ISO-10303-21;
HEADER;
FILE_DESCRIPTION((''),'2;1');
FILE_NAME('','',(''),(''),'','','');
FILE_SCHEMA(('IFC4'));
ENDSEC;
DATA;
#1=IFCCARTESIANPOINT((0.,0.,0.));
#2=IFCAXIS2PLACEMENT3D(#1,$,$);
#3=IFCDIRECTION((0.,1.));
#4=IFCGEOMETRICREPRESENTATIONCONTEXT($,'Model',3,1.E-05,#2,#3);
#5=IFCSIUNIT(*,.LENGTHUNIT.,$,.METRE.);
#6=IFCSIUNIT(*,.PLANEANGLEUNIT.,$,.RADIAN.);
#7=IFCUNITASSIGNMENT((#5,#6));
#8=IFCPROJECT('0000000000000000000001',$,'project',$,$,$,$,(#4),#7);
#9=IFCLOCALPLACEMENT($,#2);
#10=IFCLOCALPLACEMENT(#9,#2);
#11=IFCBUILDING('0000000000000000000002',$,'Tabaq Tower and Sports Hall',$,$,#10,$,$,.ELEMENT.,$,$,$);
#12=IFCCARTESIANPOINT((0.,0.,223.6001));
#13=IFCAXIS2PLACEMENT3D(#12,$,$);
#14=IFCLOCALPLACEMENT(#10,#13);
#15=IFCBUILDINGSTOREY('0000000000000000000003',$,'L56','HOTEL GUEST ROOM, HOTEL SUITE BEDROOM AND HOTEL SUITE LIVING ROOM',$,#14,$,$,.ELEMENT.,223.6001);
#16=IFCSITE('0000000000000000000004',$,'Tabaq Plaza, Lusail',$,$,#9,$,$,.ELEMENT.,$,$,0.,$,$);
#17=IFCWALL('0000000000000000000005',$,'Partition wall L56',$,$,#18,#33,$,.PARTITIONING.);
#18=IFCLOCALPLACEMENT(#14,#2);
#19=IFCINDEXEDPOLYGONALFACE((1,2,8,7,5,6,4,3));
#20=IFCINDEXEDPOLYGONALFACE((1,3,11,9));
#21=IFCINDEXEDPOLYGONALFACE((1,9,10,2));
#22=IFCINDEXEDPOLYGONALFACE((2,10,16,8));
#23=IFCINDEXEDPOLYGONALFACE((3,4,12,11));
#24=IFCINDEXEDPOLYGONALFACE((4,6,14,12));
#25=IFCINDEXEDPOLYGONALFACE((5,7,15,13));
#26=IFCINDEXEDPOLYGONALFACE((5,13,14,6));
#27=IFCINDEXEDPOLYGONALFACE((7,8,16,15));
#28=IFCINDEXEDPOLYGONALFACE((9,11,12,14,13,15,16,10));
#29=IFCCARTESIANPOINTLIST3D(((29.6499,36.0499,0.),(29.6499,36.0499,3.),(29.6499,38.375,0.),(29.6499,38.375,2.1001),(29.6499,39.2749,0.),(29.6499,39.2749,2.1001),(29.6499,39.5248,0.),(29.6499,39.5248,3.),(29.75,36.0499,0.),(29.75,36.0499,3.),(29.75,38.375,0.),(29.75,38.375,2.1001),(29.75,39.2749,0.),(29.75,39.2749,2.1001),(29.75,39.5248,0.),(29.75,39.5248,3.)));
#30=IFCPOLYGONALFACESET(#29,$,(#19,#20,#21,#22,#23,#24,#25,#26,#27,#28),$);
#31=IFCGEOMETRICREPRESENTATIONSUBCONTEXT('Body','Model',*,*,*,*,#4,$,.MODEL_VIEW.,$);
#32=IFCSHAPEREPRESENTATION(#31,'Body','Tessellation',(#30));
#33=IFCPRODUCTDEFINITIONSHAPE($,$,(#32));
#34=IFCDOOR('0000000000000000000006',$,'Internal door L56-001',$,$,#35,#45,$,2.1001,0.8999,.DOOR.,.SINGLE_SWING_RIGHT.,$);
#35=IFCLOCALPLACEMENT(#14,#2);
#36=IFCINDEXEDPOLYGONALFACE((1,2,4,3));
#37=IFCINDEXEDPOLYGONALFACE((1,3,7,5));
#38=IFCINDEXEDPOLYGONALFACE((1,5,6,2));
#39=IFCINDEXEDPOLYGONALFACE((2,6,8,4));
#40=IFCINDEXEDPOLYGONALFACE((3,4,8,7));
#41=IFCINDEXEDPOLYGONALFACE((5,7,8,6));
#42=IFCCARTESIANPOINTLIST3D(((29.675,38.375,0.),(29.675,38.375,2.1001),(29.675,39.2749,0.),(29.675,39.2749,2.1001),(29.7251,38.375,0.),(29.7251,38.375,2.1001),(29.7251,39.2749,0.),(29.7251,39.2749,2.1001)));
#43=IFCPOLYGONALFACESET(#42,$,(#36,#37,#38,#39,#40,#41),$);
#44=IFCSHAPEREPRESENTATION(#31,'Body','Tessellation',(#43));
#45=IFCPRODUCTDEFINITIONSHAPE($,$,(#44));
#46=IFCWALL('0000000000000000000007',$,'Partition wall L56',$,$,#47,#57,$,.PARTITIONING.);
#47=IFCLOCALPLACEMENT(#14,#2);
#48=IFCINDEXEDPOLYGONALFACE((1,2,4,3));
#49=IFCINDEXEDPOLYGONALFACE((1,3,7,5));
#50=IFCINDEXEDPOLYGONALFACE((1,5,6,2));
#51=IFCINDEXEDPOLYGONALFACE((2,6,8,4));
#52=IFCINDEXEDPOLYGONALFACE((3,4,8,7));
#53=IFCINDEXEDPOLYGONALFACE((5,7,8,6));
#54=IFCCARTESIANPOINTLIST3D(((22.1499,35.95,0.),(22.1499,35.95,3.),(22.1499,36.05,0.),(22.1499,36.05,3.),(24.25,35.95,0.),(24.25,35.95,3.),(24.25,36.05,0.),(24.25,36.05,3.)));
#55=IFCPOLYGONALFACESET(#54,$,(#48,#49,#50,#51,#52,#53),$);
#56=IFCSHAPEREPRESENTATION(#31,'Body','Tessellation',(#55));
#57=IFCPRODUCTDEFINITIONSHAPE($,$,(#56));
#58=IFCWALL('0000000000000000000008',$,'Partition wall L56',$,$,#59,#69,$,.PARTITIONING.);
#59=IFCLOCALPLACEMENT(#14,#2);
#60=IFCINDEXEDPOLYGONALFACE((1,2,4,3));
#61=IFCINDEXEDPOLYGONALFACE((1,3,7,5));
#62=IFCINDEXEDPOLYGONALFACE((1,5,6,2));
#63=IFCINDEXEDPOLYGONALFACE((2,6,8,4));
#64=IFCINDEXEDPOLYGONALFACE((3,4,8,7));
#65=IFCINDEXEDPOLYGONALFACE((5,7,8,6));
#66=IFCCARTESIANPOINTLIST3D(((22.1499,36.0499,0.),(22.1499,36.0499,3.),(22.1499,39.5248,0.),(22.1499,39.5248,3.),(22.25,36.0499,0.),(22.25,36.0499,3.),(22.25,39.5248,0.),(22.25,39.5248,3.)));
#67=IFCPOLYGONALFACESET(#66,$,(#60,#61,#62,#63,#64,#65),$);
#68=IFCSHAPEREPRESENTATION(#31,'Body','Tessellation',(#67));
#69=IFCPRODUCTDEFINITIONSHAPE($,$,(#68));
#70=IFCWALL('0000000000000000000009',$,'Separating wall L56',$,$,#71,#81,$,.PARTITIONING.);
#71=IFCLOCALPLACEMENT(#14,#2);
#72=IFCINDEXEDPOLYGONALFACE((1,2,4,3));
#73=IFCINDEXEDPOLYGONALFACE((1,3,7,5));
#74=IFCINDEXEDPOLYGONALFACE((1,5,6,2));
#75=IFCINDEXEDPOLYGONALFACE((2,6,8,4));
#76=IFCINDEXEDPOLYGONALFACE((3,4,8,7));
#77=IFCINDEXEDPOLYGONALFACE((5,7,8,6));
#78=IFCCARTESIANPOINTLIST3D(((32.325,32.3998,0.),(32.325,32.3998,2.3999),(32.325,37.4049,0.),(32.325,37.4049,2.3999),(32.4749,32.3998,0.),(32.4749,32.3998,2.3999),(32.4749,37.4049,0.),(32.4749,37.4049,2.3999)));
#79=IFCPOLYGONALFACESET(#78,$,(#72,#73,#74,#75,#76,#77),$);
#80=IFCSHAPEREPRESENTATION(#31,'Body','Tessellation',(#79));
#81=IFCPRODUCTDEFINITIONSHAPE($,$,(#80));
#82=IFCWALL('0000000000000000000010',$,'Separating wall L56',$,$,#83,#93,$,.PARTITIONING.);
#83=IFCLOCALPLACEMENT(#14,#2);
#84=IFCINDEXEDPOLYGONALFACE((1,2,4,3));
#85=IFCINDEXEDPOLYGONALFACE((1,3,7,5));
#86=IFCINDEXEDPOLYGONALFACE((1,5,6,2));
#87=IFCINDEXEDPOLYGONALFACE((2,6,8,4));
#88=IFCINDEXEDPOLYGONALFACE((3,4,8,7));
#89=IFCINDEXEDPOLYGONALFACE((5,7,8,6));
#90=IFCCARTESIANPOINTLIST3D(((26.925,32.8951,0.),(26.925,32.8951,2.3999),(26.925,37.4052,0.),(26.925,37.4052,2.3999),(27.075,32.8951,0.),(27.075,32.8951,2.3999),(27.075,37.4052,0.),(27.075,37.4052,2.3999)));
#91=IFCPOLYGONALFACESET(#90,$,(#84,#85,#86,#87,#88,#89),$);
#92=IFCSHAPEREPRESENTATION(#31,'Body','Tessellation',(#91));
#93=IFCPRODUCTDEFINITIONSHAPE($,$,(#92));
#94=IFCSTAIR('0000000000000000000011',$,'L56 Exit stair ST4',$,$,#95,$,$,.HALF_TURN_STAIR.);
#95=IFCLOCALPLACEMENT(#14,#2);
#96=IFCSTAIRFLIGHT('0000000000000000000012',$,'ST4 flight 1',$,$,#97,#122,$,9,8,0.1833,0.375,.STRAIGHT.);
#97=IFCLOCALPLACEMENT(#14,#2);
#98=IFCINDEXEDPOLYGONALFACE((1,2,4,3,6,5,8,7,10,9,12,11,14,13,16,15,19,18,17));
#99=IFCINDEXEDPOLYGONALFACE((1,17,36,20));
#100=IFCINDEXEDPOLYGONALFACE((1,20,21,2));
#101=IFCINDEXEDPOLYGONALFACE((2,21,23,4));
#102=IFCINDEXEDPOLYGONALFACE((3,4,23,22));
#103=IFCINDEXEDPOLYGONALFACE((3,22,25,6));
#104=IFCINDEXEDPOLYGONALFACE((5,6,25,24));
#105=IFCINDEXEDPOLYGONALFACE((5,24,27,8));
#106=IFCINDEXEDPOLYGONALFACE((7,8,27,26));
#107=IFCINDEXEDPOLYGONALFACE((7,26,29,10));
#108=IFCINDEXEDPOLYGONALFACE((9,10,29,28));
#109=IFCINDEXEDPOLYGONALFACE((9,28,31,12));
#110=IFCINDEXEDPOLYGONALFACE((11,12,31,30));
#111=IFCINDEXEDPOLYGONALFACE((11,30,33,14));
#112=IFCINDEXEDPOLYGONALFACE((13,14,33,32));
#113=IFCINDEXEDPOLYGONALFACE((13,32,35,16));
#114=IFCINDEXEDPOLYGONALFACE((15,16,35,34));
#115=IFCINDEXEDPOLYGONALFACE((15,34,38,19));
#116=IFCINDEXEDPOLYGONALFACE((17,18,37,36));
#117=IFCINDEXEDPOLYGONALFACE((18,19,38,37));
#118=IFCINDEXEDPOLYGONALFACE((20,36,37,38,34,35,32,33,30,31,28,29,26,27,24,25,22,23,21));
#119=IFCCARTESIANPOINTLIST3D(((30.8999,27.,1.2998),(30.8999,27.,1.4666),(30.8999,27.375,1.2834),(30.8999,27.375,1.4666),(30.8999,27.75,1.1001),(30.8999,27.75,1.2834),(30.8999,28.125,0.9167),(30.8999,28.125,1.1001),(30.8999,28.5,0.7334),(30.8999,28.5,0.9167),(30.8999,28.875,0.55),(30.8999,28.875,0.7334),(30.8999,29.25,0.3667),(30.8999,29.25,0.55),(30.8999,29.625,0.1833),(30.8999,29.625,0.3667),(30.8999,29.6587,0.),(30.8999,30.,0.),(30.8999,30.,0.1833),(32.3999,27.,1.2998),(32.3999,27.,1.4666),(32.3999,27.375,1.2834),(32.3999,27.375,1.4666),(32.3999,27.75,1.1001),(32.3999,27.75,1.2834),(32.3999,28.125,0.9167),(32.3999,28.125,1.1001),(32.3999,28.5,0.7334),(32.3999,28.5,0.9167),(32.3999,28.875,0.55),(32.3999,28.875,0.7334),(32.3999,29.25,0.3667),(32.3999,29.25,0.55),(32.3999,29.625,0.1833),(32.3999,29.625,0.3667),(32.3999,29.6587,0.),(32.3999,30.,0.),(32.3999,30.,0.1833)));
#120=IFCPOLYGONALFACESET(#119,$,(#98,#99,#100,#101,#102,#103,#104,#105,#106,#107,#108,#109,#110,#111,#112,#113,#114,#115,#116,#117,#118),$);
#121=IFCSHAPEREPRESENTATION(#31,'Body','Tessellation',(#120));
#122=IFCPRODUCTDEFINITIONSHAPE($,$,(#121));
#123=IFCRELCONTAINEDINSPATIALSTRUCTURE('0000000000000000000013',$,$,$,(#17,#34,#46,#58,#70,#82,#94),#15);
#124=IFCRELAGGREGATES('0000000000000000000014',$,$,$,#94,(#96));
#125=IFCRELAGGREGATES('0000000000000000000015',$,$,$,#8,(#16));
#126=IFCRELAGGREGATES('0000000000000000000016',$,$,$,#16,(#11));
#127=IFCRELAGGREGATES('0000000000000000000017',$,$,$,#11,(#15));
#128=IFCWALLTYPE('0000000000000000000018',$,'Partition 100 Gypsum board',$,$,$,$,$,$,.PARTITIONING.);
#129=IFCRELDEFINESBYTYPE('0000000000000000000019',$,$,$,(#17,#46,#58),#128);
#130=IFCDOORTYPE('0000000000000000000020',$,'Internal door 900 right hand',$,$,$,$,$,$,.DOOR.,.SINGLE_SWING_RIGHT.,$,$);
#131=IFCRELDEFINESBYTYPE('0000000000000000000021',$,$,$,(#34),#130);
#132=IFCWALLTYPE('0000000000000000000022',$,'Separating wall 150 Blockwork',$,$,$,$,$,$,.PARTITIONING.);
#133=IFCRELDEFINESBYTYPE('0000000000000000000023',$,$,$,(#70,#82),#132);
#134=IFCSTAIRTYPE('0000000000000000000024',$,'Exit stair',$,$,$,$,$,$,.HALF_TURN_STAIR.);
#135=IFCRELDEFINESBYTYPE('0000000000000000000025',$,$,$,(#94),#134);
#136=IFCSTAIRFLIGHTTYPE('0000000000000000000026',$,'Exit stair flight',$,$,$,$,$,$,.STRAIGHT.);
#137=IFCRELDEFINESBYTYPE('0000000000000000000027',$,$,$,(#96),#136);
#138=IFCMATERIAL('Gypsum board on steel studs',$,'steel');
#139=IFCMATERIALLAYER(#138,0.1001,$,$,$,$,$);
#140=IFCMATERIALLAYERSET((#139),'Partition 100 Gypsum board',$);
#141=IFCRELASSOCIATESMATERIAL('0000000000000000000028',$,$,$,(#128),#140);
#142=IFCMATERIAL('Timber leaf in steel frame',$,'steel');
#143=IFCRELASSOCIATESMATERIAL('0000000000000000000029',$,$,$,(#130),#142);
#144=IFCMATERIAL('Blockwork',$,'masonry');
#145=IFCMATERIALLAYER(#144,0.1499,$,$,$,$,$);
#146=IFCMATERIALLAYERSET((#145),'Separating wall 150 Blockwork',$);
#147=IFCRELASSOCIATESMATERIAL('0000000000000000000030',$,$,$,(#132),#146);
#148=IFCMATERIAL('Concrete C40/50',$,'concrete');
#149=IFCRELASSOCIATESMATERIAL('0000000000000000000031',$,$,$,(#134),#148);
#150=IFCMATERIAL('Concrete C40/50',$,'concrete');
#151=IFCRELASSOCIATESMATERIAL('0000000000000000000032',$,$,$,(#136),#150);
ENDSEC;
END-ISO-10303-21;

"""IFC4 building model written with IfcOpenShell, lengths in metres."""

from ifc_helpers import new_model, si_unit, direction, frame, frame_2d, origin, place, context, subcontext, project, spatial, polyline, rectangle, outline, extrude, material, layer, layer_set, type_object, element, fill, aggregate, save


model = new_model("IFC4")

# Units and contexts
model_context = context("Model", 3, precision=1e-05, world=origin(), true_north=direction((0.0, 1.0)))
body_context = subcontext(model_context, "Body", "Model", "MODEL_VIEW")
ifc_project = project(units=[si_unit("LENGTHUNIT", "METRE"), si_unit("PLANEANGLEUNIT", "RADIAN")], contexts=[model_context])

# Site, building, storey
site_placement = place(None, origin())
site = spatial("IfcSite", under=ifc_project, at=site_placement, Name="Tabaq Plaza, Lusail", CompositionType="ELEMENT", RefElevation=0.0)
building_placement = place(site_placement, origin())
building = spatial("IfcBuilding", under=site, at=building_placement, Name="Tabaq Tower and Sports Hall", CompositionType="ELEMENT")
storey_placement = place(building_placement, frame((0.0, 0.0, 223.6001)))
storey = spatial("IfcBuildingStorey", under=building, at=storey_placement, Name="L56", Description="HOTEL GUEST ROOM, HOTEL SUITE BEDROOM AND HOTEL SUITE LIVING ROOM", CompositionType="ELEMENT", Elevation=223.6001)

# Shared definitions
ifc_material_1 = material(Name="Gypsum board on steel studs", Category="steel")
ifc_layer_1 = layer(ifc_material_1, 0.1001)
ifc_layer_set_1 = layer_set([ifc_layer_1], Name="Partition 100 Gypsum board")
wall_type_1 = type_object("IfcWallType", Name="Partition 100 Gypsum board", PredefinedType="PARTITIONING", material=ifc_layer_set_1)

# Wall, opening, door
wall_1_placement = place(storey_placement, frame((29.7, 36.05, 0.0), z_axis=(0.0, 0.0, 1.0), x_axis=(0.0, 1.0, 0.0)))
wall_1 = element("IfcWall", 1, at=wall_1_placement, inside=storey, type_object=wall_type_1, Name="Partition wall L56", PredefinedType="PARTITIONING", context=body_context, shape_type="SweptSolid", body=[
    extrude(rectangle(XDim=3.4749, YDim=0.1001, at=frame_2d((1.7373, 0.0))), origin(), (0.0, 0.0, 1.0), 3.0),
])
opening_1_placement = place(wall_1_placement, frame((2.325, 0.0, 0.0)))
opening_1 = element("IfcOpeningElement", 2, at=opening_1_placement, cuts=wall_1, PredefinedType="OPENING", context=body_context, shape_type="SweptSolid", body=[
    extrude(rectangle(XDim=0.8999, YDim=2.1001, at=frame_2d((0.45, 1.05))), frame((0.0, 0.05, 0.0), z_axis=(0.0, -1.0, 0.0), x_axis=(1.0, 0.0, 0.0)), (0.0, 0.0, 1.0), 0.1001),
])
ifc_material_2 = material(Name="Timber leaf in steel frame", Category="steel")
door_type_1 = type_object("IfcDoorType", Name="Internal door 900 right hand", OperationType="SINGLE_SWING_RIGHT", PredefinedType="DOOR", material=ifc_material_2)
door_1_placement = place(opening_1_placement, origin())
door_1 = element("IfcDoor", 3, at=door_1_placement, inside=storey, type_object=door_type_1, Name="Internal door L56-001", OperationType="SINGLE_SWING_RIGHT", OverallHeight=2.1001, OverallWidth=0.8999, PredefinedType="DOOR", context=body_context, shape_type="SweptSolid", body=[
    extrude(rectangle(XDim=0.8999, YDim=2.1001, at=frame_2d((0.45, 1.05))), frame((0.0, 0.0249, 0.0), z_axis=(0.0, -1.0, 0.0), x_axis=(1.0, 0.0, 0.0)), (0.0, 0.0, 1.0), 0.05),
])
fill(opening_1, door_1)

# Walls
wall_2_placement = place(storey_placement, frame((24.25, 36.0, 0.0), z_axis=(0.0, 0.0, 1.0), x_axis=(-1.0, 0.0, 0.0)))
element("IfcWall", 4, at=wall_2_placement, inside=storey, type_object=wall_type_1, Name="Partition wall L56", PredefinedType="PARTITIONING", context=body_context, shape_type="SweptSolid", body=[
    extrude(rectangle(XDim=2.1001, YDim=0.1001, at=frame_2d((1.05, 0.0))), origin(), (0.0, 0.0, 1.0), 3.0),
])
wall_3_placement = place(storey_placement, frame((22.2, 36.05, 0.0), z_axis=(0.0, 0.0, 1.0), x_axis=(0.0, 1.0, 0.0)))
element("IfcWall", 5, at=wall_3_placement, inside=storey, type_object=wall_type_1, Name="Partition wall L56", PredefinedType="PARTITIONING", context=body_context, shape_type="SweptSolid", body=[
    extrude(rectangle(XDim=3.4749, YDim=0.1001, at=frame_2d((1.7373, 0.0))), origin(), (0.0, 0.0, 1.0), 3.0),
])
ifc_material_3 = material(Name="Blockwork", Category="masonry")
ifc_layer_2 = layer(ifc_material_3, 0.1499)
ifc_layer_set_2 = layer_set([ifc_layer_2], Name="Separating wall 150 Blockwork")
wall_type_2 = type_object("IfcWallType", Name="Separating wall 150 Blockwork", PredefinedType="PARTITIONING", material=ifc_layer_set_2)
wall_4_placement = place(storey_placement, frame((32.3999, 32.3999, 0.0), z_axis=(0.0, 0.0, 1.0), x_axis=(0.0, 1.0, 0.0)))
element("IfcWall", 6, at=wall_4_placement, inside=storey, type_object=wall_type_2, Name="Separating wall L56", PredefinedType="PARTITIONING", context=body_context, shape_type="SweptSolid", body=[
    extrude(rectangle(XDim=5.0051, YDim=0.1499, at=frame_2d((2.5024, 0.0))), origin(), (0.0, 0.0, 1.0), 2.3999),
])
wall_5_placement = place(storey_placement, frame((27.0, 37.405, 0.0), z_axis=(0.0, 0.0, 1.0), x_axis=(0.0, -1.0, 0.0)))
element("IfcWall", 7, at=wall_5_placement, inside=storey, type_object=wall_type_2, Name="Separating wall L56", PredefinedType="PARTITIONING", context=body_context, shape_type="SweptSolid", body=[
    extrude(rectangle(XDim=4.51, YDim=0.1499, at=frame_2d((2.2549, 0.0))), origin(), (0.0, 0.0, 1.0), 2.3999),
])

# Stair, stair flight
ifc_material_4 = material(Name="Concrete C40/50", Category="concrete")
stair_type = type_object("IfcStairType", Name="Exit stair", PredefinedType="HALF_TURN_STAIR", material=ifc_material_4)
stair_placement = place(storey_placement, origin())
stair = element("IfcStair", 8, at=stair_placement, inside=storey, type_object=stair_type, Name="L56 Exit stair ST4", PredefinedType="HALF_TURN_STAIR")
ifc_material_5 = material(Name="Concrete C40/50", Category="concrete")
stair_flight_type = type_object("IfcStairFlightType", Name="Exit stair flight", PredefinedType="STRAIGHT", material=ifc_material_5)
stair_flight_placement = place(storey_placement, frame((31.6499, 30.0, 0.0), z_axis=(0.0, 0.0, 1.0), x_axis=(0.0, -1.0, 0.0)))
stair_flight = element("IfcStairFlight", 9, at=stair_flight_placement, type_object=stair_flight_type, Name="ST4 flight 1", NumberOfRisers=9, NumberOfTreads=8, PredefinedType="STRAIGHT", RiserHeight=0.1833, TreadLength=0.375, context=body_context, shape_type="SweptSolid", body=[
    extrude(outline(polyline([(0.0, 0.0), (0.0, 0.1833), (0.375, 0.1833), (0.375, 0.3667), (0.75, 0.3667), (0.75, 0.55), (1.125, 0.55), (1.125, 0.7334), (1.5, 0.7334), (1.5, 0.9167), (1.875, 0.9167), (1.875, 1.1001), (2.25, 1.1001), (2.25, 1.2834), (2.625, 1.2834), (2.625, 1.4666), (3.0, 1.4666), (3.0, 1.6499), (3.0, 1.2998), (0.3413, 0.0), (0.0, 0.0)])), frame((0.0, 0.75, 0.0), z_axis=(0.0, -1.0, 0.0), x_axis=(1.0, 0.0, 0.0)), (0.0, 0.0, 1.0), 1.5),
])
aggregate(stair, [stair_flight])

save(model, "model.ifc")
